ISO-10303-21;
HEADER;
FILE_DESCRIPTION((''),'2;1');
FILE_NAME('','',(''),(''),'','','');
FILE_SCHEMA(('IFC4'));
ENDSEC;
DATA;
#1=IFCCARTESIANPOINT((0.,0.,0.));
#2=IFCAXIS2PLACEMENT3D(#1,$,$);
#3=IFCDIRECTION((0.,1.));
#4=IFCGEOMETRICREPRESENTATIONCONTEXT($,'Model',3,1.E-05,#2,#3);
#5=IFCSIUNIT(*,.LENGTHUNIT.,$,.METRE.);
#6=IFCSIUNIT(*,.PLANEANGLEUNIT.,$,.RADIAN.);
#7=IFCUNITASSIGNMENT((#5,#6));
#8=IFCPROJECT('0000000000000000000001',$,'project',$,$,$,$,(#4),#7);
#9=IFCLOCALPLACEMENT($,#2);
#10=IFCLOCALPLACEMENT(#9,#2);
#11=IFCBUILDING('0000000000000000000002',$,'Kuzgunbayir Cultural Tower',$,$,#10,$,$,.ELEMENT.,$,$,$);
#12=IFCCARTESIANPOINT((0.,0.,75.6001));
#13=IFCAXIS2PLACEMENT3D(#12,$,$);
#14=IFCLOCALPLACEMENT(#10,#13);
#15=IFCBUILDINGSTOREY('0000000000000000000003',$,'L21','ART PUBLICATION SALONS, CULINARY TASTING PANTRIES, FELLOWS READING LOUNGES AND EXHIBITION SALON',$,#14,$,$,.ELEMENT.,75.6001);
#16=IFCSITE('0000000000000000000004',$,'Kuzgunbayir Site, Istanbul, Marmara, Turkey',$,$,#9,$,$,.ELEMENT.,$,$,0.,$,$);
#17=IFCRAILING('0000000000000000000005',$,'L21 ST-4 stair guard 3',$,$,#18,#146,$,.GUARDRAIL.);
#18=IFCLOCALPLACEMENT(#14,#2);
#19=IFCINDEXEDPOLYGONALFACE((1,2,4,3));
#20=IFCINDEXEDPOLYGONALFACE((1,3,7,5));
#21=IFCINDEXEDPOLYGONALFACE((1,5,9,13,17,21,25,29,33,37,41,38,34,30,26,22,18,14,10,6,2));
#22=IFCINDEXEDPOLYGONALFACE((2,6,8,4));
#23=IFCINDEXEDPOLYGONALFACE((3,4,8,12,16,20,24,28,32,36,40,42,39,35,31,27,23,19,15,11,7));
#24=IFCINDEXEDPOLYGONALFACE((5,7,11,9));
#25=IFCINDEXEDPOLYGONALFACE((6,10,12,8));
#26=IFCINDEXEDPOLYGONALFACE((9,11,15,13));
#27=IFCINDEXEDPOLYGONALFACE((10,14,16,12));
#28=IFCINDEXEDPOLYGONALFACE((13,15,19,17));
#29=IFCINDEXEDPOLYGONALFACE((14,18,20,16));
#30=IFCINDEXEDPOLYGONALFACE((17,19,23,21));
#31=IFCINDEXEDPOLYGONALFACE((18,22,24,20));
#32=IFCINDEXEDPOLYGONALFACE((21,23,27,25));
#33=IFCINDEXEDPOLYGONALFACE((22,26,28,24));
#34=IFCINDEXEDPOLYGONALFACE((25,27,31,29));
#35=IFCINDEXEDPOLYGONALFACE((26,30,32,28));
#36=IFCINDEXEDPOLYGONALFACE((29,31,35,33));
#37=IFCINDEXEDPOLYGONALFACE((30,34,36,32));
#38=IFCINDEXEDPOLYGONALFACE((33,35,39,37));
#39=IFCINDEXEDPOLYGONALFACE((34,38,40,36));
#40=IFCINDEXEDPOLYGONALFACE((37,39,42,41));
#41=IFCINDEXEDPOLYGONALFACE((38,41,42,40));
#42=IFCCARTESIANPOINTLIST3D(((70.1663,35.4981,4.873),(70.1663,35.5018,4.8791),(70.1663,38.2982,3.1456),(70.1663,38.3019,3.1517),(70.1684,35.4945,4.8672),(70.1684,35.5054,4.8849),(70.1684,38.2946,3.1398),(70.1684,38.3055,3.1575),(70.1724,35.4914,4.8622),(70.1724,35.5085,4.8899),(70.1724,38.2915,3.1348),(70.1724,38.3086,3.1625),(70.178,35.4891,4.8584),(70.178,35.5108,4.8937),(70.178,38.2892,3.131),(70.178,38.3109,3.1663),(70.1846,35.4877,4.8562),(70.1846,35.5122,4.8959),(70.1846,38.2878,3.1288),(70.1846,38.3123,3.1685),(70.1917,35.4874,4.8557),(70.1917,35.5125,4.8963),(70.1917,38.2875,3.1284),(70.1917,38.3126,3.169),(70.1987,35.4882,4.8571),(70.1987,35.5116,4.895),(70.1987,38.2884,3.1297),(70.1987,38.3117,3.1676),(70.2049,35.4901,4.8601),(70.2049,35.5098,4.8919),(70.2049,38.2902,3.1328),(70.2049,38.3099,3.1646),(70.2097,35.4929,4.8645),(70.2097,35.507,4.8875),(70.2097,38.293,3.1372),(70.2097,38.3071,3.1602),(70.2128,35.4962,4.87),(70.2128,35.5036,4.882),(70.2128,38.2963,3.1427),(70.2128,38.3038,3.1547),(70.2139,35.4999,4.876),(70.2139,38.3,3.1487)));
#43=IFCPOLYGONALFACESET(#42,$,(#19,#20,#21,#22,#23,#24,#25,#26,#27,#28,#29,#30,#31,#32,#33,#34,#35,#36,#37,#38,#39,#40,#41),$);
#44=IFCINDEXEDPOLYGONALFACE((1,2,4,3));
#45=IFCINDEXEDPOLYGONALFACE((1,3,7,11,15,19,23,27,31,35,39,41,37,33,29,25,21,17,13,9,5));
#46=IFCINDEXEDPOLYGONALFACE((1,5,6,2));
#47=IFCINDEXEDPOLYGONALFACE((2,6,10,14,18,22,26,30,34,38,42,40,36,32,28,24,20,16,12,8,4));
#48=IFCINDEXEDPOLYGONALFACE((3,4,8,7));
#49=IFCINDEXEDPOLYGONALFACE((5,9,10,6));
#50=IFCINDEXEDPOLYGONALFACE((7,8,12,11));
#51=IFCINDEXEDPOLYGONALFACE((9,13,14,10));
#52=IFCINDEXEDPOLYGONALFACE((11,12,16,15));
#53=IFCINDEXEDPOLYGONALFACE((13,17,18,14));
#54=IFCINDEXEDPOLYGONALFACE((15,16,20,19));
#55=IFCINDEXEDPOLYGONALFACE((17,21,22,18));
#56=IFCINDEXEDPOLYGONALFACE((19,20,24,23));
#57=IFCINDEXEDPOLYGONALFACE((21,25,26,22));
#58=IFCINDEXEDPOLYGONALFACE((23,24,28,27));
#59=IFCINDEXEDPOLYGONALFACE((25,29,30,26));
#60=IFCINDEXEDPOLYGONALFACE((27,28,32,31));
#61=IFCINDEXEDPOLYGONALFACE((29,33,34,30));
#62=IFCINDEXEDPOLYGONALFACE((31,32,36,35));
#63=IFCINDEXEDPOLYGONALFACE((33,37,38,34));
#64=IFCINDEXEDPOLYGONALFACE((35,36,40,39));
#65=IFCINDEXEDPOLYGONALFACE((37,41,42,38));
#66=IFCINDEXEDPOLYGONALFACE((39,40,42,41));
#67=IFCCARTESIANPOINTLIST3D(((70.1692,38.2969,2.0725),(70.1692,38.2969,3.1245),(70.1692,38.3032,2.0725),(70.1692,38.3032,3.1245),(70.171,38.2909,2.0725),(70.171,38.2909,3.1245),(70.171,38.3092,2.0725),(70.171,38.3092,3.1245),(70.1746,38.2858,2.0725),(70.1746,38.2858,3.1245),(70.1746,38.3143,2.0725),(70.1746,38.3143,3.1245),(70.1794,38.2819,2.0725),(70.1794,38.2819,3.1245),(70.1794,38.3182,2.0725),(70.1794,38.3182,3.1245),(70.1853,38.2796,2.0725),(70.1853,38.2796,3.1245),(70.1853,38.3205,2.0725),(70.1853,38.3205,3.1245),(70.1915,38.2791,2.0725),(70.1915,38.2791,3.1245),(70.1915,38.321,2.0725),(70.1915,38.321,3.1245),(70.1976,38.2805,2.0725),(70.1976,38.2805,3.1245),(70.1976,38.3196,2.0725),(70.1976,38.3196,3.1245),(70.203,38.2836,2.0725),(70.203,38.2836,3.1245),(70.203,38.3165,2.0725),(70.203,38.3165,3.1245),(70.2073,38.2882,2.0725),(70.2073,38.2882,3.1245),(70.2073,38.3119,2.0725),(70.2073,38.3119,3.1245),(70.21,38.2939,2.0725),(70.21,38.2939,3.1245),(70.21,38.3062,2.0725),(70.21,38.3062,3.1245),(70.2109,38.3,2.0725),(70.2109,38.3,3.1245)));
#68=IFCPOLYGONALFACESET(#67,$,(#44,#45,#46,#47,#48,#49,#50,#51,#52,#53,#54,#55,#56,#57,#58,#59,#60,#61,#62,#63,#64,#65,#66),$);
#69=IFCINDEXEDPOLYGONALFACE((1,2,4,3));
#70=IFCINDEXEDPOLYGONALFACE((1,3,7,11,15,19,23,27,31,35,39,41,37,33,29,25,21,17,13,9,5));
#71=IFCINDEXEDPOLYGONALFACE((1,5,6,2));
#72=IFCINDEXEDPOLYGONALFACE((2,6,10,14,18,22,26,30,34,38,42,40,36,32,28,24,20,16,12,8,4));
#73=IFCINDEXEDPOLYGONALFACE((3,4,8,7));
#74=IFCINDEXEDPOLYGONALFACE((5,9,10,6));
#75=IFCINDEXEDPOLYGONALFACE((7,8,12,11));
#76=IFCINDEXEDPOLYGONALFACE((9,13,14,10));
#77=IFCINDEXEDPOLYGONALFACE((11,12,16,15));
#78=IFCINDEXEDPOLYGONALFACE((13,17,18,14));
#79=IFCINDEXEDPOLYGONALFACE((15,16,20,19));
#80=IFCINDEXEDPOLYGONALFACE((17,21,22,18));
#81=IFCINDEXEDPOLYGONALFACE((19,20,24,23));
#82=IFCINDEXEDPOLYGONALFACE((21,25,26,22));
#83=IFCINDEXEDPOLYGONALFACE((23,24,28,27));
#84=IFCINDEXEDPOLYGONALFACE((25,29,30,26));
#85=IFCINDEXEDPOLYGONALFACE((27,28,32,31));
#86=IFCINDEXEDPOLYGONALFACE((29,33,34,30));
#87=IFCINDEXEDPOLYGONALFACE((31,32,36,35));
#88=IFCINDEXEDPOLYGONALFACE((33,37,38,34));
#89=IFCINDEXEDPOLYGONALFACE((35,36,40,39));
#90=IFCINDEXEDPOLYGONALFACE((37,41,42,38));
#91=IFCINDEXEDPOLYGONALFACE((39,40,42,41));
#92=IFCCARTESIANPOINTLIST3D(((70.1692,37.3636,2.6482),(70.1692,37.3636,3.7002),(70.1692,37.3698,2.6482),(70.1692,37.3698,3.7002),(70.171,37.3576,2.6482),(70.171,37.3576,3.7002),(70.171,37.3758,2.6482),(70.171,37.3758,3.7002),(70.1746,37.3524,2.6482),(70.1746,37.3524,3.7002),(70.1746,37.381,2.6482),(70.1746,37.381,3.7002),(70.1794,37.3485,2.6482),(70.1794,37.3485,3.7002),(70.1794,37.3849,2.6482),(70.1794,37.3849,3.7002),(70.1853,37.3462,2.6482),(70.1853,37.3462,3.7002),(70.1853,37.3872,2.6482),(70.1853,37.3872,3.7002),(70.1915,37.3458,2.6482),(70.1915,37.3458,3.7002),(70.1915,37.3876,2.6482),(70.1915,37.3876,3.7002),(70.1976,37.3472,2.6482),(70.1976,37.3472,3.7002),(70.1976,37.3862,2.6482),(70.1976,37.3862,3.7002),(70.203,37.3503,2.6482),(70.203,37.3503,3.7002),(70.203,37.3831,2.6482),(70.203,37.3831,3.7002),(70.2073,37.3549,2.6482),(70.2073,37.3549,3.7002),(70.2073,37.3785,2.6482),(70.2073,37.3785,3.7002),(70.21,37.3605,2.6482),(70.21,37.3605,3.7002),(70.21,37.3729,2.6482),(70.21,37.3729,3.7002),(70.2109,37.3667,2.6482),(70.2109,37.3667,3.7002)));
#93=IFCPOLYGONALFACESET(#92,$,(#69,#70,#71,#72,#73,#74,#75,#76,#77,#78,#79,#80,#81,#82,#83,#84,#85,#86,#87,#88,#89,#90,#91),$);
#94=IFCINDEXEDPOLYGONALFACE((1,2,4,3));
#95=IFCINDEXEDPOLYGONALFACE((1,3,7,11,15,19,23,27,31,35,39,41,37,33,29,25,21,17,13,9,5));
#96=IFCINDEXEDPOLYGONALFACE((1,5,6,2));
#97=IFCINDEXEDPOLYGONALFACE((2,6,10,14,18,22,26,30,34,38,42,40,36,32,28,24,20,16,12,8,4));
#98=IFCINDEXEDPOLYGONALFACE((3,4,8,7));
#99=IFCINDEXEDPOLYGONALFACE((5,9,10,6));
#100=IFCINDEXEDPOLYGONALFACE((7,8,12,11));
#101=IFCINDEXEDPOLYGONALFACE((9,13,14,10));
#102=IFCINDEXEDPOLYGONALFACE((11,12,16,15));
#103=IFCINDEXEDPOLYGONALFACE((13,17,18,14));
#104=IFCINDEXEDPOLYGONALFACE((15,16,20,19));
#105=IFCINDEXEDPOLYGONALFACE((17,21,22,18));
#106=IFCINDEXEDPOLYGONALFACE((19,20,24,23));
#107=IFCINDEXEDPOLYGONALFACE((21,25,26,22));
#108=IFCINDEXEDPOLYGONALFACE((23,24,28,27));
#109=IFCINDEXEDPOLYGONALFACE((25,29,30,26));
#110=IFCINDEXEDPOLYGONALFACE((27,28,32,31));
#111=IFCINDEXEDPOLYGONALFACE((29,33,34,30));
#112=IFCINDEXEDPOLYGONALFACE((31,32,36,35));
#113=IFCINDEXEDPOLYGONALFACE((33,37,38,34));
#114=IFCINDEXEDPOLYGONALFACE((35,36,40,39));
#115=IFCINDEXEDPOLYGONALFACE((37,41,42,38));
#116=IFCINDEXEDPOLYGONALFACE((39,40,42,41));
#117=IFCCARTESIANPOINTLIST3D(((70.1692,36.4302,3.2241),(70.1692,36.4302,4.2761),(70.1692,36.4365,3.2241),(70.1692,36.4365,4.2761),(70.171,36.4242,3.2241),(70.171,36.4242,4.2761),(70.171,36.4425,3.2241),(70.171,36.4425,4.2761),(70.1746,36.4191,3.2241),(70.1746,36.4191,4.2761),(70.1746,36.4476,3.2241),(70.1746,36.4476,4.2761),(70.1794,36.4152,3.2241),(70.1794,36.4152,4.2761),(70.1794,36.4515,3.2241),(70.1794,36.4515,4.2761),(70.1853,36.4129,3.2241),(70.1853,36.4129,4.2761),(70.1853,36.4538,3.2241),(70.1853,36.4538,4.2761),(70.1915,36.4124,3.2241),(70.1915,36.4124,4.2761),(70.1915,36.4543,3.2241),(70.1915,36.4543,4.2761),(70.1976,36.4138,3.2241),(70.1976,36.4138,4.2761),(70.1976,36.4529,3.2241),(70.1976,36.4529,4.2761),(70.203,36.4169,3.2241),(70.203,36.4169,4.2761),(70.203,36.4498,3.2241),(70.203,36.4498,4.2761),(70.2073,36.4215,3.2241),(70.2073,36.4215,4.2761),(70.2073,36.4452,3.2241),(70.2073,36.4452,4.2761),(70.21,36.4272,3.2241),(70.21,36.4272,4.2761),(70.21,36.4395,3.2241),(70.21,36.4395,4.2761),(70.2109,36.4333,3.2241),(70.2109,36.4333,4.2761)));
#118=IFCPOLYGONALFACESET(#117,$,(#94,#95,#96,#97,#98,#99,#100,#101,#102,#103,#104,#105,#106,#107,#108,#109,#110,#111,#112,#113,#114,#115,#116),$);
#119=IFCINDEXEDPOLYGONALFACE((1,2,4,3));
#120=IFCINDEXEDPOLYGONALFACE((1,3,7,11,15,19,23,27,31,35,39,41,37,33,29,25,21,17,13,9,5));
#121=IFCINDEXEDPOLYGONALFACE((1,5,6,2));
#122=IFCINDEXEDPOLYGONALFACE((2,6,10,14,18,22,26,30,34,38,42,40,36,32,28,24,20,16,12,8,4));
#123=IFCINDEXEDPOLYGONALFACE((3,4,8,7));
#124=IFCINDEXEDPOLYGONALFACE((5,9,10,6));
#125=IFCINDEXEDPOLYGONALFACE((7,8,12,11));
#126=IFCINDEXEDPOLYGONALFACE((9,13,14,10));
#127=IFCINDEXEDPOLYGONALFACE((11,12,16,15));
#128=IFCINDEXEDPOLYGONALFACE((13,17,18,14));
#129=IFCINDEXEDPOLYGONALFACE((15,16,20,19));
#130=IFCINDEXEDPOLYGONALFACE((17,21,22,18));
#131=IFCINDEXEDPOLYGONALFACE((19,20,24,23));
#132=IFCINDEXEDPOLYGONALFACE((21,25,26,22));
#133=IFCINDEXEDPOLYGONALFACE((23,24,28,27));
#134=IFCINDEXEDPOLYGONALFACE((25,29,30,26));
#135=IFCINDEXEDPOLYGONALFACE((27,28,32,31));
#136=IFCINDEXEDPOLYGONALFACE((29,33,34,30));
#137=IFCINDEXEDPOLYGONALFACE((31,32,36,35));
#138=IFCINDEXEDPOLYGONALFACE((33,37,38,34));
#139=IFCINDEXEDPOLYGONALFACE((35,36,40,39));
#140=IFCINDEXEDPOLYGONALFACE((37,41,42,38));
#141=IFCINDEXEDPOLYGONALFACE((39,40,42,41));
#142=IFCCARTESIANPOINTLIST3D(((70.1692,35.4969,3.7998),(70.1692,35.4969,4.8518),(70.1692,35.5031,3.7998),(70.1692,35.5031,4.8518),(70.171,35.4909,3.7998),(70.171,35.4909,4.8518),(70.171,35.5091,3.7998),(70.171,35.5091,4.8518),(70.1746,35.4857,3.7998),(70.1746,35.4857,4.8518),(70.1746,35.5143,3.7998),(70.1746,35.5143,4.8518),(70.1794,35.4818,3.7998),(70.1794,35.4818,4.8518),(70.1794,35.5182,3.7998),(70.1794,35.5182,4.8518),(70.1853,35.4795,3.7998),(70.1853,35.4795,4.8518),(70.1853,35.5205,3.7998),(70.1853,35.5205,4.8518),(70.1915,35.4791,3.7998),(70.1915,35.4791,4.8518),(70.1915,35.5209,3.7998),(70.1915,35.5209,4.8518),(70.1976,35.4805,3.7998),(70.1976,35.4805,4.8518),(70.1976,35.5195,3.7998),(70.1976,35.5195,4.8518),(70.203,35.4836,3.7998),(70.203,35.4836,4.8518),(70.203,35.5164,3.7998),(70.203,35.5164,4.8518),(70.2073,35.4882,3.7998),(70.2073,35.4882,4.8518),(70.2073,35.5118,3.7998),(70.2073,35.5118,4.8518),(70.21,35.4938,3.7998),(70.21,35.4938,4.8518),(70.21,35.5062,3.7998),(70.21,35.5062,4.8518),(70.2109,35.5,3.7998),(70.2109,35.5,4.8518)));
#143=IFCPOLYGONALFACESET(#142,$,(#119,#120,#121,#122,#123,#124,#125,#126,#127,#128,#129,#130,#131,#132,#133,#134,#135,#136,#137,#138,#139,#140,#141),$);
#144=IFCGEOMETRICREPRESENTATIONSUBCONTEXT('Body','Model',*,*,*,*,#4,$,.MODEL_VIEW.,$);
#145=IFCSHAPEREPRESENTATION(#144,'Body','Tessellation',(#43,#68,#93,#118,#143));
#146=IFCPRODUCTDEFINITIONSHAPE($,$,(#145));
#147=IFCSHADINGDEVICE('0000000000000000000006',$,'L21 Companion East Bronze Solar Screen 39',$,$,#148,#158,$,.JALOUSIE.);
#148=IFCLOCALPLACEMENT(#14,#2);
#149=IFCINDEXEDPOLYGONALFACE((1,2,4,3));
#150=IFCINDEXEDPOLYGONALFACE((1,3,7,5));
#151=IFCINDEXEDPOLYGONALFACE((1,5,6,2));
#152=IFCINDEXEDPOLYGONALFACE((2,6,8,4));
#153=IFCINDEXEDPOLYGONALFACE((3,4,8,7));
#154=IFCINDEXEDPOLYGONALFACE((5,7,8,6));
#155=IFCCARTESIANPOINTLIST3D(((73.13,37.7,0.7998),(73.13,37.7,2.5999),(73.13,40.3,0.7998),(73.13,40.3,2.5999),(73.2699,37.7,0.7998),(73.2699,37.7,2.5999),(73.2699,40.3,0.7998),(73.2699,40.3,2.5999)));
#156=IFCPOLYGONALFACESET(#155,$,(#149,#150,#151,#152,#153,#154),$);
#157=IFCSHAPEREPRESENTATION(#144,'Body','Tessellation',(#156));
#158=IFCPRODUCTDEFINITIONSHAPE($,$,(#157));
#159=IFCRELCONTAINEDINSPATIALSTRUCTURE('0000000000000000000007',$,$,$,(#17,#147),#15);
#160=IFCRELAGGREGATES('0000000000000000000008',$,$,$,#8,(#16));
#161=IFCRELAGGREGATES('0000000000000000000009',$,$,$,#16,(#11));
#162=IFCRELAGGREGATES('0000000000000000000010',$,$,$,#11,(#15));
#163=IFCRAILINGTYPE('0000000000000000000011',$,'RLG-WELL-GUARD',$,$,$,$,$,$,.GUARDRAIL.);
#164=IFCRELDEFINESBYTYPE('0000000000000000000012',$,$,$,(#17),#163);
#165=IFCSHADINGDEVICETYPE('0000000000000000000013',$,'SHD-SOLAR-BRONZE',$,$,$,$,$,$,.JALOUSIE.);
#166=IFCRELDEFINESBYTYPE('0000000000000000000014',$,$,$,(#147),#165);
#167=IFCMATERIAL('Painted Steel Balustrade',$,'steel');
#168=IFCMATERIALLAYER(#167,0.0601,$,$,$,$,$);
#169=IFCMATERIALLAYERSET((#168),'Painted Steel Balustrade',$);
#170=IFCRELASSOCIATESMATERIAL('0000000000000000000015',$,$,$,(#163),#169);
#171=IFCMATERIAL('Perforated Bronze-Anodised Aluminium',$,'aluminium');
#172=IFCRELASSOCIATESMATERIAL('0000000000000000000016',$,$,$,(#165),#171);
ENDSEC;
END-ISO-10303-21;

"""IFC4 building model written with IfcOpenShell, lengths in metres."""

from ifc_helpers import new_model, si_unit, direction, frame, origin, origin_2d, place, context, subcontext, project, spatial, rectangle, circle, extrude, material, layer, layer_set, type_object, element, save


model = new_model("IFC4")

# Units and contexts
model_context = context("Model", 3, precision=1e-05, world=origin(), true_north=direction((0.0, 1.0)))
body_context = subcontext(model_context, "Body", "Model", "MODEL_VIEW")
ifc_project = project(units=[si_unit("LENGTHUNIT", "METRE"), si_unit("PLANEANGLEUNIT", "RADIAN")], contexts=[model_context])

# Site, building, storey
site_placement = place(None, origin())
site = spatial("IfcSite", under=ifc_project, at=site_placement, Name="Kuzgunbayir Site, Istanbul, Marmara, Turkey", CompositionType="ELEMENT", RefElevation=0.0)
building_placement = place(site_placement, origin())
building = spatial("IfcBuilding", under=site, at=building_placement, Name="Kuzgunbayir Cultural Tower", CompositionType="ELEMENT")
storey_placement = place(building_placement, frame((0.0, 0.0, 75.6001)))
storey = spatial("IfcBuildingStorey", under=building, at=storey_placement, Name="L21", Description="ART PUBLICATION SALONS, CULINARY TASTING PANTRIES, FELLOWS READING LOUNGES AND EXHIBITION SALON", CompositionType="ELEMENT", Elevation=75.6001)

# Railing
ifc_material_1 = material(Name="Painted Steel Balustrade", Category="steel")
ifc_layer_1 = layer(ifc_material_1, 0.0601)
ifc_layer_set_1 = layer_set([ifc_layer_1], Name="Painted Steel Balustrade")
railing_type_1 = type_object("IfcRailingType", Name="RLG-WELL-GUARD", PredefinedType="GUARDRAIL", material=ifc_layer_set_1)
railing_1_placement = place(storey_placement, frame((70.1899, 38.3, 2.0725)))
element("IfcRailing", 1, at=railing_1_placement, inside=storey, type_object=railing_type_1, Name="L21 ST-4 stair guard 3", PredefinedType="GUARDRAIL", context=body_context, shape_type="SweptSolid", body=[
    extrude(circle(Radius=0.0239, at=origin_2d()), frame((0.0, 0.0, 1.0762), z_axis=(0.0, -0.85109, 0.52502), x_axis=(1.0, 0.0, 0.0)), (0.0, 0.0, 1.0), 3.29),
    extrude(circle(Radius=0.021, at=origin_2d()), origin(), (0.0, 0.0, 1.0), 1.052),
    extrude(circle(Radius=0.021, at=origin_2d()), frame((0.0, -0.9333, 0.5757)), (0.0, 0.0, 1.0), 1.052),
    extrude(circle(Radius=0.021, at=origin_2d()), frame((0.0, -1.8667, 1.1516)), (0.0, 0.0, 1.0), 1.052),
    extrude(circle(Radius=0.021, at=origin_2d()), frame((0.0, -2.8, 1.7273)), (0.0, 0.0, 1.0), 1.052),
])

# Shading device
ifc_material_2 = material(Name="Perforated Bronze-Anodised Aluminium", Category="aluminium")
shading_device_type = type_object("IfcShadingDeviceType", Name="SHD-SOLAR-BRONZE", PredefinedType="JALOUSIE", material=ifc_material_2)
shading_device_placement = place(storey_placement, frame((73.2, 39.0, 0.7998), z_axis=(0.0, 0.0, 1.0), x_axis=(1.0, 0.0, 0.0)))
element("IfcShadingDevice", 2, at=shading_device_placement, inside=storey, type_object=shading_device_type, Name="L21 Companion East Bronze Solar Screen 39", PredefinedType="JALOUSIE", context=body_context, shape_type="SweptSolid", body=[
    extrude(rectangle(XDim=0.1399, YDim=2.6001, at=origin_2d()), origin(), (0.0, 0.0, 1.0), 1.8),
])

save(model, "model.ifc")
